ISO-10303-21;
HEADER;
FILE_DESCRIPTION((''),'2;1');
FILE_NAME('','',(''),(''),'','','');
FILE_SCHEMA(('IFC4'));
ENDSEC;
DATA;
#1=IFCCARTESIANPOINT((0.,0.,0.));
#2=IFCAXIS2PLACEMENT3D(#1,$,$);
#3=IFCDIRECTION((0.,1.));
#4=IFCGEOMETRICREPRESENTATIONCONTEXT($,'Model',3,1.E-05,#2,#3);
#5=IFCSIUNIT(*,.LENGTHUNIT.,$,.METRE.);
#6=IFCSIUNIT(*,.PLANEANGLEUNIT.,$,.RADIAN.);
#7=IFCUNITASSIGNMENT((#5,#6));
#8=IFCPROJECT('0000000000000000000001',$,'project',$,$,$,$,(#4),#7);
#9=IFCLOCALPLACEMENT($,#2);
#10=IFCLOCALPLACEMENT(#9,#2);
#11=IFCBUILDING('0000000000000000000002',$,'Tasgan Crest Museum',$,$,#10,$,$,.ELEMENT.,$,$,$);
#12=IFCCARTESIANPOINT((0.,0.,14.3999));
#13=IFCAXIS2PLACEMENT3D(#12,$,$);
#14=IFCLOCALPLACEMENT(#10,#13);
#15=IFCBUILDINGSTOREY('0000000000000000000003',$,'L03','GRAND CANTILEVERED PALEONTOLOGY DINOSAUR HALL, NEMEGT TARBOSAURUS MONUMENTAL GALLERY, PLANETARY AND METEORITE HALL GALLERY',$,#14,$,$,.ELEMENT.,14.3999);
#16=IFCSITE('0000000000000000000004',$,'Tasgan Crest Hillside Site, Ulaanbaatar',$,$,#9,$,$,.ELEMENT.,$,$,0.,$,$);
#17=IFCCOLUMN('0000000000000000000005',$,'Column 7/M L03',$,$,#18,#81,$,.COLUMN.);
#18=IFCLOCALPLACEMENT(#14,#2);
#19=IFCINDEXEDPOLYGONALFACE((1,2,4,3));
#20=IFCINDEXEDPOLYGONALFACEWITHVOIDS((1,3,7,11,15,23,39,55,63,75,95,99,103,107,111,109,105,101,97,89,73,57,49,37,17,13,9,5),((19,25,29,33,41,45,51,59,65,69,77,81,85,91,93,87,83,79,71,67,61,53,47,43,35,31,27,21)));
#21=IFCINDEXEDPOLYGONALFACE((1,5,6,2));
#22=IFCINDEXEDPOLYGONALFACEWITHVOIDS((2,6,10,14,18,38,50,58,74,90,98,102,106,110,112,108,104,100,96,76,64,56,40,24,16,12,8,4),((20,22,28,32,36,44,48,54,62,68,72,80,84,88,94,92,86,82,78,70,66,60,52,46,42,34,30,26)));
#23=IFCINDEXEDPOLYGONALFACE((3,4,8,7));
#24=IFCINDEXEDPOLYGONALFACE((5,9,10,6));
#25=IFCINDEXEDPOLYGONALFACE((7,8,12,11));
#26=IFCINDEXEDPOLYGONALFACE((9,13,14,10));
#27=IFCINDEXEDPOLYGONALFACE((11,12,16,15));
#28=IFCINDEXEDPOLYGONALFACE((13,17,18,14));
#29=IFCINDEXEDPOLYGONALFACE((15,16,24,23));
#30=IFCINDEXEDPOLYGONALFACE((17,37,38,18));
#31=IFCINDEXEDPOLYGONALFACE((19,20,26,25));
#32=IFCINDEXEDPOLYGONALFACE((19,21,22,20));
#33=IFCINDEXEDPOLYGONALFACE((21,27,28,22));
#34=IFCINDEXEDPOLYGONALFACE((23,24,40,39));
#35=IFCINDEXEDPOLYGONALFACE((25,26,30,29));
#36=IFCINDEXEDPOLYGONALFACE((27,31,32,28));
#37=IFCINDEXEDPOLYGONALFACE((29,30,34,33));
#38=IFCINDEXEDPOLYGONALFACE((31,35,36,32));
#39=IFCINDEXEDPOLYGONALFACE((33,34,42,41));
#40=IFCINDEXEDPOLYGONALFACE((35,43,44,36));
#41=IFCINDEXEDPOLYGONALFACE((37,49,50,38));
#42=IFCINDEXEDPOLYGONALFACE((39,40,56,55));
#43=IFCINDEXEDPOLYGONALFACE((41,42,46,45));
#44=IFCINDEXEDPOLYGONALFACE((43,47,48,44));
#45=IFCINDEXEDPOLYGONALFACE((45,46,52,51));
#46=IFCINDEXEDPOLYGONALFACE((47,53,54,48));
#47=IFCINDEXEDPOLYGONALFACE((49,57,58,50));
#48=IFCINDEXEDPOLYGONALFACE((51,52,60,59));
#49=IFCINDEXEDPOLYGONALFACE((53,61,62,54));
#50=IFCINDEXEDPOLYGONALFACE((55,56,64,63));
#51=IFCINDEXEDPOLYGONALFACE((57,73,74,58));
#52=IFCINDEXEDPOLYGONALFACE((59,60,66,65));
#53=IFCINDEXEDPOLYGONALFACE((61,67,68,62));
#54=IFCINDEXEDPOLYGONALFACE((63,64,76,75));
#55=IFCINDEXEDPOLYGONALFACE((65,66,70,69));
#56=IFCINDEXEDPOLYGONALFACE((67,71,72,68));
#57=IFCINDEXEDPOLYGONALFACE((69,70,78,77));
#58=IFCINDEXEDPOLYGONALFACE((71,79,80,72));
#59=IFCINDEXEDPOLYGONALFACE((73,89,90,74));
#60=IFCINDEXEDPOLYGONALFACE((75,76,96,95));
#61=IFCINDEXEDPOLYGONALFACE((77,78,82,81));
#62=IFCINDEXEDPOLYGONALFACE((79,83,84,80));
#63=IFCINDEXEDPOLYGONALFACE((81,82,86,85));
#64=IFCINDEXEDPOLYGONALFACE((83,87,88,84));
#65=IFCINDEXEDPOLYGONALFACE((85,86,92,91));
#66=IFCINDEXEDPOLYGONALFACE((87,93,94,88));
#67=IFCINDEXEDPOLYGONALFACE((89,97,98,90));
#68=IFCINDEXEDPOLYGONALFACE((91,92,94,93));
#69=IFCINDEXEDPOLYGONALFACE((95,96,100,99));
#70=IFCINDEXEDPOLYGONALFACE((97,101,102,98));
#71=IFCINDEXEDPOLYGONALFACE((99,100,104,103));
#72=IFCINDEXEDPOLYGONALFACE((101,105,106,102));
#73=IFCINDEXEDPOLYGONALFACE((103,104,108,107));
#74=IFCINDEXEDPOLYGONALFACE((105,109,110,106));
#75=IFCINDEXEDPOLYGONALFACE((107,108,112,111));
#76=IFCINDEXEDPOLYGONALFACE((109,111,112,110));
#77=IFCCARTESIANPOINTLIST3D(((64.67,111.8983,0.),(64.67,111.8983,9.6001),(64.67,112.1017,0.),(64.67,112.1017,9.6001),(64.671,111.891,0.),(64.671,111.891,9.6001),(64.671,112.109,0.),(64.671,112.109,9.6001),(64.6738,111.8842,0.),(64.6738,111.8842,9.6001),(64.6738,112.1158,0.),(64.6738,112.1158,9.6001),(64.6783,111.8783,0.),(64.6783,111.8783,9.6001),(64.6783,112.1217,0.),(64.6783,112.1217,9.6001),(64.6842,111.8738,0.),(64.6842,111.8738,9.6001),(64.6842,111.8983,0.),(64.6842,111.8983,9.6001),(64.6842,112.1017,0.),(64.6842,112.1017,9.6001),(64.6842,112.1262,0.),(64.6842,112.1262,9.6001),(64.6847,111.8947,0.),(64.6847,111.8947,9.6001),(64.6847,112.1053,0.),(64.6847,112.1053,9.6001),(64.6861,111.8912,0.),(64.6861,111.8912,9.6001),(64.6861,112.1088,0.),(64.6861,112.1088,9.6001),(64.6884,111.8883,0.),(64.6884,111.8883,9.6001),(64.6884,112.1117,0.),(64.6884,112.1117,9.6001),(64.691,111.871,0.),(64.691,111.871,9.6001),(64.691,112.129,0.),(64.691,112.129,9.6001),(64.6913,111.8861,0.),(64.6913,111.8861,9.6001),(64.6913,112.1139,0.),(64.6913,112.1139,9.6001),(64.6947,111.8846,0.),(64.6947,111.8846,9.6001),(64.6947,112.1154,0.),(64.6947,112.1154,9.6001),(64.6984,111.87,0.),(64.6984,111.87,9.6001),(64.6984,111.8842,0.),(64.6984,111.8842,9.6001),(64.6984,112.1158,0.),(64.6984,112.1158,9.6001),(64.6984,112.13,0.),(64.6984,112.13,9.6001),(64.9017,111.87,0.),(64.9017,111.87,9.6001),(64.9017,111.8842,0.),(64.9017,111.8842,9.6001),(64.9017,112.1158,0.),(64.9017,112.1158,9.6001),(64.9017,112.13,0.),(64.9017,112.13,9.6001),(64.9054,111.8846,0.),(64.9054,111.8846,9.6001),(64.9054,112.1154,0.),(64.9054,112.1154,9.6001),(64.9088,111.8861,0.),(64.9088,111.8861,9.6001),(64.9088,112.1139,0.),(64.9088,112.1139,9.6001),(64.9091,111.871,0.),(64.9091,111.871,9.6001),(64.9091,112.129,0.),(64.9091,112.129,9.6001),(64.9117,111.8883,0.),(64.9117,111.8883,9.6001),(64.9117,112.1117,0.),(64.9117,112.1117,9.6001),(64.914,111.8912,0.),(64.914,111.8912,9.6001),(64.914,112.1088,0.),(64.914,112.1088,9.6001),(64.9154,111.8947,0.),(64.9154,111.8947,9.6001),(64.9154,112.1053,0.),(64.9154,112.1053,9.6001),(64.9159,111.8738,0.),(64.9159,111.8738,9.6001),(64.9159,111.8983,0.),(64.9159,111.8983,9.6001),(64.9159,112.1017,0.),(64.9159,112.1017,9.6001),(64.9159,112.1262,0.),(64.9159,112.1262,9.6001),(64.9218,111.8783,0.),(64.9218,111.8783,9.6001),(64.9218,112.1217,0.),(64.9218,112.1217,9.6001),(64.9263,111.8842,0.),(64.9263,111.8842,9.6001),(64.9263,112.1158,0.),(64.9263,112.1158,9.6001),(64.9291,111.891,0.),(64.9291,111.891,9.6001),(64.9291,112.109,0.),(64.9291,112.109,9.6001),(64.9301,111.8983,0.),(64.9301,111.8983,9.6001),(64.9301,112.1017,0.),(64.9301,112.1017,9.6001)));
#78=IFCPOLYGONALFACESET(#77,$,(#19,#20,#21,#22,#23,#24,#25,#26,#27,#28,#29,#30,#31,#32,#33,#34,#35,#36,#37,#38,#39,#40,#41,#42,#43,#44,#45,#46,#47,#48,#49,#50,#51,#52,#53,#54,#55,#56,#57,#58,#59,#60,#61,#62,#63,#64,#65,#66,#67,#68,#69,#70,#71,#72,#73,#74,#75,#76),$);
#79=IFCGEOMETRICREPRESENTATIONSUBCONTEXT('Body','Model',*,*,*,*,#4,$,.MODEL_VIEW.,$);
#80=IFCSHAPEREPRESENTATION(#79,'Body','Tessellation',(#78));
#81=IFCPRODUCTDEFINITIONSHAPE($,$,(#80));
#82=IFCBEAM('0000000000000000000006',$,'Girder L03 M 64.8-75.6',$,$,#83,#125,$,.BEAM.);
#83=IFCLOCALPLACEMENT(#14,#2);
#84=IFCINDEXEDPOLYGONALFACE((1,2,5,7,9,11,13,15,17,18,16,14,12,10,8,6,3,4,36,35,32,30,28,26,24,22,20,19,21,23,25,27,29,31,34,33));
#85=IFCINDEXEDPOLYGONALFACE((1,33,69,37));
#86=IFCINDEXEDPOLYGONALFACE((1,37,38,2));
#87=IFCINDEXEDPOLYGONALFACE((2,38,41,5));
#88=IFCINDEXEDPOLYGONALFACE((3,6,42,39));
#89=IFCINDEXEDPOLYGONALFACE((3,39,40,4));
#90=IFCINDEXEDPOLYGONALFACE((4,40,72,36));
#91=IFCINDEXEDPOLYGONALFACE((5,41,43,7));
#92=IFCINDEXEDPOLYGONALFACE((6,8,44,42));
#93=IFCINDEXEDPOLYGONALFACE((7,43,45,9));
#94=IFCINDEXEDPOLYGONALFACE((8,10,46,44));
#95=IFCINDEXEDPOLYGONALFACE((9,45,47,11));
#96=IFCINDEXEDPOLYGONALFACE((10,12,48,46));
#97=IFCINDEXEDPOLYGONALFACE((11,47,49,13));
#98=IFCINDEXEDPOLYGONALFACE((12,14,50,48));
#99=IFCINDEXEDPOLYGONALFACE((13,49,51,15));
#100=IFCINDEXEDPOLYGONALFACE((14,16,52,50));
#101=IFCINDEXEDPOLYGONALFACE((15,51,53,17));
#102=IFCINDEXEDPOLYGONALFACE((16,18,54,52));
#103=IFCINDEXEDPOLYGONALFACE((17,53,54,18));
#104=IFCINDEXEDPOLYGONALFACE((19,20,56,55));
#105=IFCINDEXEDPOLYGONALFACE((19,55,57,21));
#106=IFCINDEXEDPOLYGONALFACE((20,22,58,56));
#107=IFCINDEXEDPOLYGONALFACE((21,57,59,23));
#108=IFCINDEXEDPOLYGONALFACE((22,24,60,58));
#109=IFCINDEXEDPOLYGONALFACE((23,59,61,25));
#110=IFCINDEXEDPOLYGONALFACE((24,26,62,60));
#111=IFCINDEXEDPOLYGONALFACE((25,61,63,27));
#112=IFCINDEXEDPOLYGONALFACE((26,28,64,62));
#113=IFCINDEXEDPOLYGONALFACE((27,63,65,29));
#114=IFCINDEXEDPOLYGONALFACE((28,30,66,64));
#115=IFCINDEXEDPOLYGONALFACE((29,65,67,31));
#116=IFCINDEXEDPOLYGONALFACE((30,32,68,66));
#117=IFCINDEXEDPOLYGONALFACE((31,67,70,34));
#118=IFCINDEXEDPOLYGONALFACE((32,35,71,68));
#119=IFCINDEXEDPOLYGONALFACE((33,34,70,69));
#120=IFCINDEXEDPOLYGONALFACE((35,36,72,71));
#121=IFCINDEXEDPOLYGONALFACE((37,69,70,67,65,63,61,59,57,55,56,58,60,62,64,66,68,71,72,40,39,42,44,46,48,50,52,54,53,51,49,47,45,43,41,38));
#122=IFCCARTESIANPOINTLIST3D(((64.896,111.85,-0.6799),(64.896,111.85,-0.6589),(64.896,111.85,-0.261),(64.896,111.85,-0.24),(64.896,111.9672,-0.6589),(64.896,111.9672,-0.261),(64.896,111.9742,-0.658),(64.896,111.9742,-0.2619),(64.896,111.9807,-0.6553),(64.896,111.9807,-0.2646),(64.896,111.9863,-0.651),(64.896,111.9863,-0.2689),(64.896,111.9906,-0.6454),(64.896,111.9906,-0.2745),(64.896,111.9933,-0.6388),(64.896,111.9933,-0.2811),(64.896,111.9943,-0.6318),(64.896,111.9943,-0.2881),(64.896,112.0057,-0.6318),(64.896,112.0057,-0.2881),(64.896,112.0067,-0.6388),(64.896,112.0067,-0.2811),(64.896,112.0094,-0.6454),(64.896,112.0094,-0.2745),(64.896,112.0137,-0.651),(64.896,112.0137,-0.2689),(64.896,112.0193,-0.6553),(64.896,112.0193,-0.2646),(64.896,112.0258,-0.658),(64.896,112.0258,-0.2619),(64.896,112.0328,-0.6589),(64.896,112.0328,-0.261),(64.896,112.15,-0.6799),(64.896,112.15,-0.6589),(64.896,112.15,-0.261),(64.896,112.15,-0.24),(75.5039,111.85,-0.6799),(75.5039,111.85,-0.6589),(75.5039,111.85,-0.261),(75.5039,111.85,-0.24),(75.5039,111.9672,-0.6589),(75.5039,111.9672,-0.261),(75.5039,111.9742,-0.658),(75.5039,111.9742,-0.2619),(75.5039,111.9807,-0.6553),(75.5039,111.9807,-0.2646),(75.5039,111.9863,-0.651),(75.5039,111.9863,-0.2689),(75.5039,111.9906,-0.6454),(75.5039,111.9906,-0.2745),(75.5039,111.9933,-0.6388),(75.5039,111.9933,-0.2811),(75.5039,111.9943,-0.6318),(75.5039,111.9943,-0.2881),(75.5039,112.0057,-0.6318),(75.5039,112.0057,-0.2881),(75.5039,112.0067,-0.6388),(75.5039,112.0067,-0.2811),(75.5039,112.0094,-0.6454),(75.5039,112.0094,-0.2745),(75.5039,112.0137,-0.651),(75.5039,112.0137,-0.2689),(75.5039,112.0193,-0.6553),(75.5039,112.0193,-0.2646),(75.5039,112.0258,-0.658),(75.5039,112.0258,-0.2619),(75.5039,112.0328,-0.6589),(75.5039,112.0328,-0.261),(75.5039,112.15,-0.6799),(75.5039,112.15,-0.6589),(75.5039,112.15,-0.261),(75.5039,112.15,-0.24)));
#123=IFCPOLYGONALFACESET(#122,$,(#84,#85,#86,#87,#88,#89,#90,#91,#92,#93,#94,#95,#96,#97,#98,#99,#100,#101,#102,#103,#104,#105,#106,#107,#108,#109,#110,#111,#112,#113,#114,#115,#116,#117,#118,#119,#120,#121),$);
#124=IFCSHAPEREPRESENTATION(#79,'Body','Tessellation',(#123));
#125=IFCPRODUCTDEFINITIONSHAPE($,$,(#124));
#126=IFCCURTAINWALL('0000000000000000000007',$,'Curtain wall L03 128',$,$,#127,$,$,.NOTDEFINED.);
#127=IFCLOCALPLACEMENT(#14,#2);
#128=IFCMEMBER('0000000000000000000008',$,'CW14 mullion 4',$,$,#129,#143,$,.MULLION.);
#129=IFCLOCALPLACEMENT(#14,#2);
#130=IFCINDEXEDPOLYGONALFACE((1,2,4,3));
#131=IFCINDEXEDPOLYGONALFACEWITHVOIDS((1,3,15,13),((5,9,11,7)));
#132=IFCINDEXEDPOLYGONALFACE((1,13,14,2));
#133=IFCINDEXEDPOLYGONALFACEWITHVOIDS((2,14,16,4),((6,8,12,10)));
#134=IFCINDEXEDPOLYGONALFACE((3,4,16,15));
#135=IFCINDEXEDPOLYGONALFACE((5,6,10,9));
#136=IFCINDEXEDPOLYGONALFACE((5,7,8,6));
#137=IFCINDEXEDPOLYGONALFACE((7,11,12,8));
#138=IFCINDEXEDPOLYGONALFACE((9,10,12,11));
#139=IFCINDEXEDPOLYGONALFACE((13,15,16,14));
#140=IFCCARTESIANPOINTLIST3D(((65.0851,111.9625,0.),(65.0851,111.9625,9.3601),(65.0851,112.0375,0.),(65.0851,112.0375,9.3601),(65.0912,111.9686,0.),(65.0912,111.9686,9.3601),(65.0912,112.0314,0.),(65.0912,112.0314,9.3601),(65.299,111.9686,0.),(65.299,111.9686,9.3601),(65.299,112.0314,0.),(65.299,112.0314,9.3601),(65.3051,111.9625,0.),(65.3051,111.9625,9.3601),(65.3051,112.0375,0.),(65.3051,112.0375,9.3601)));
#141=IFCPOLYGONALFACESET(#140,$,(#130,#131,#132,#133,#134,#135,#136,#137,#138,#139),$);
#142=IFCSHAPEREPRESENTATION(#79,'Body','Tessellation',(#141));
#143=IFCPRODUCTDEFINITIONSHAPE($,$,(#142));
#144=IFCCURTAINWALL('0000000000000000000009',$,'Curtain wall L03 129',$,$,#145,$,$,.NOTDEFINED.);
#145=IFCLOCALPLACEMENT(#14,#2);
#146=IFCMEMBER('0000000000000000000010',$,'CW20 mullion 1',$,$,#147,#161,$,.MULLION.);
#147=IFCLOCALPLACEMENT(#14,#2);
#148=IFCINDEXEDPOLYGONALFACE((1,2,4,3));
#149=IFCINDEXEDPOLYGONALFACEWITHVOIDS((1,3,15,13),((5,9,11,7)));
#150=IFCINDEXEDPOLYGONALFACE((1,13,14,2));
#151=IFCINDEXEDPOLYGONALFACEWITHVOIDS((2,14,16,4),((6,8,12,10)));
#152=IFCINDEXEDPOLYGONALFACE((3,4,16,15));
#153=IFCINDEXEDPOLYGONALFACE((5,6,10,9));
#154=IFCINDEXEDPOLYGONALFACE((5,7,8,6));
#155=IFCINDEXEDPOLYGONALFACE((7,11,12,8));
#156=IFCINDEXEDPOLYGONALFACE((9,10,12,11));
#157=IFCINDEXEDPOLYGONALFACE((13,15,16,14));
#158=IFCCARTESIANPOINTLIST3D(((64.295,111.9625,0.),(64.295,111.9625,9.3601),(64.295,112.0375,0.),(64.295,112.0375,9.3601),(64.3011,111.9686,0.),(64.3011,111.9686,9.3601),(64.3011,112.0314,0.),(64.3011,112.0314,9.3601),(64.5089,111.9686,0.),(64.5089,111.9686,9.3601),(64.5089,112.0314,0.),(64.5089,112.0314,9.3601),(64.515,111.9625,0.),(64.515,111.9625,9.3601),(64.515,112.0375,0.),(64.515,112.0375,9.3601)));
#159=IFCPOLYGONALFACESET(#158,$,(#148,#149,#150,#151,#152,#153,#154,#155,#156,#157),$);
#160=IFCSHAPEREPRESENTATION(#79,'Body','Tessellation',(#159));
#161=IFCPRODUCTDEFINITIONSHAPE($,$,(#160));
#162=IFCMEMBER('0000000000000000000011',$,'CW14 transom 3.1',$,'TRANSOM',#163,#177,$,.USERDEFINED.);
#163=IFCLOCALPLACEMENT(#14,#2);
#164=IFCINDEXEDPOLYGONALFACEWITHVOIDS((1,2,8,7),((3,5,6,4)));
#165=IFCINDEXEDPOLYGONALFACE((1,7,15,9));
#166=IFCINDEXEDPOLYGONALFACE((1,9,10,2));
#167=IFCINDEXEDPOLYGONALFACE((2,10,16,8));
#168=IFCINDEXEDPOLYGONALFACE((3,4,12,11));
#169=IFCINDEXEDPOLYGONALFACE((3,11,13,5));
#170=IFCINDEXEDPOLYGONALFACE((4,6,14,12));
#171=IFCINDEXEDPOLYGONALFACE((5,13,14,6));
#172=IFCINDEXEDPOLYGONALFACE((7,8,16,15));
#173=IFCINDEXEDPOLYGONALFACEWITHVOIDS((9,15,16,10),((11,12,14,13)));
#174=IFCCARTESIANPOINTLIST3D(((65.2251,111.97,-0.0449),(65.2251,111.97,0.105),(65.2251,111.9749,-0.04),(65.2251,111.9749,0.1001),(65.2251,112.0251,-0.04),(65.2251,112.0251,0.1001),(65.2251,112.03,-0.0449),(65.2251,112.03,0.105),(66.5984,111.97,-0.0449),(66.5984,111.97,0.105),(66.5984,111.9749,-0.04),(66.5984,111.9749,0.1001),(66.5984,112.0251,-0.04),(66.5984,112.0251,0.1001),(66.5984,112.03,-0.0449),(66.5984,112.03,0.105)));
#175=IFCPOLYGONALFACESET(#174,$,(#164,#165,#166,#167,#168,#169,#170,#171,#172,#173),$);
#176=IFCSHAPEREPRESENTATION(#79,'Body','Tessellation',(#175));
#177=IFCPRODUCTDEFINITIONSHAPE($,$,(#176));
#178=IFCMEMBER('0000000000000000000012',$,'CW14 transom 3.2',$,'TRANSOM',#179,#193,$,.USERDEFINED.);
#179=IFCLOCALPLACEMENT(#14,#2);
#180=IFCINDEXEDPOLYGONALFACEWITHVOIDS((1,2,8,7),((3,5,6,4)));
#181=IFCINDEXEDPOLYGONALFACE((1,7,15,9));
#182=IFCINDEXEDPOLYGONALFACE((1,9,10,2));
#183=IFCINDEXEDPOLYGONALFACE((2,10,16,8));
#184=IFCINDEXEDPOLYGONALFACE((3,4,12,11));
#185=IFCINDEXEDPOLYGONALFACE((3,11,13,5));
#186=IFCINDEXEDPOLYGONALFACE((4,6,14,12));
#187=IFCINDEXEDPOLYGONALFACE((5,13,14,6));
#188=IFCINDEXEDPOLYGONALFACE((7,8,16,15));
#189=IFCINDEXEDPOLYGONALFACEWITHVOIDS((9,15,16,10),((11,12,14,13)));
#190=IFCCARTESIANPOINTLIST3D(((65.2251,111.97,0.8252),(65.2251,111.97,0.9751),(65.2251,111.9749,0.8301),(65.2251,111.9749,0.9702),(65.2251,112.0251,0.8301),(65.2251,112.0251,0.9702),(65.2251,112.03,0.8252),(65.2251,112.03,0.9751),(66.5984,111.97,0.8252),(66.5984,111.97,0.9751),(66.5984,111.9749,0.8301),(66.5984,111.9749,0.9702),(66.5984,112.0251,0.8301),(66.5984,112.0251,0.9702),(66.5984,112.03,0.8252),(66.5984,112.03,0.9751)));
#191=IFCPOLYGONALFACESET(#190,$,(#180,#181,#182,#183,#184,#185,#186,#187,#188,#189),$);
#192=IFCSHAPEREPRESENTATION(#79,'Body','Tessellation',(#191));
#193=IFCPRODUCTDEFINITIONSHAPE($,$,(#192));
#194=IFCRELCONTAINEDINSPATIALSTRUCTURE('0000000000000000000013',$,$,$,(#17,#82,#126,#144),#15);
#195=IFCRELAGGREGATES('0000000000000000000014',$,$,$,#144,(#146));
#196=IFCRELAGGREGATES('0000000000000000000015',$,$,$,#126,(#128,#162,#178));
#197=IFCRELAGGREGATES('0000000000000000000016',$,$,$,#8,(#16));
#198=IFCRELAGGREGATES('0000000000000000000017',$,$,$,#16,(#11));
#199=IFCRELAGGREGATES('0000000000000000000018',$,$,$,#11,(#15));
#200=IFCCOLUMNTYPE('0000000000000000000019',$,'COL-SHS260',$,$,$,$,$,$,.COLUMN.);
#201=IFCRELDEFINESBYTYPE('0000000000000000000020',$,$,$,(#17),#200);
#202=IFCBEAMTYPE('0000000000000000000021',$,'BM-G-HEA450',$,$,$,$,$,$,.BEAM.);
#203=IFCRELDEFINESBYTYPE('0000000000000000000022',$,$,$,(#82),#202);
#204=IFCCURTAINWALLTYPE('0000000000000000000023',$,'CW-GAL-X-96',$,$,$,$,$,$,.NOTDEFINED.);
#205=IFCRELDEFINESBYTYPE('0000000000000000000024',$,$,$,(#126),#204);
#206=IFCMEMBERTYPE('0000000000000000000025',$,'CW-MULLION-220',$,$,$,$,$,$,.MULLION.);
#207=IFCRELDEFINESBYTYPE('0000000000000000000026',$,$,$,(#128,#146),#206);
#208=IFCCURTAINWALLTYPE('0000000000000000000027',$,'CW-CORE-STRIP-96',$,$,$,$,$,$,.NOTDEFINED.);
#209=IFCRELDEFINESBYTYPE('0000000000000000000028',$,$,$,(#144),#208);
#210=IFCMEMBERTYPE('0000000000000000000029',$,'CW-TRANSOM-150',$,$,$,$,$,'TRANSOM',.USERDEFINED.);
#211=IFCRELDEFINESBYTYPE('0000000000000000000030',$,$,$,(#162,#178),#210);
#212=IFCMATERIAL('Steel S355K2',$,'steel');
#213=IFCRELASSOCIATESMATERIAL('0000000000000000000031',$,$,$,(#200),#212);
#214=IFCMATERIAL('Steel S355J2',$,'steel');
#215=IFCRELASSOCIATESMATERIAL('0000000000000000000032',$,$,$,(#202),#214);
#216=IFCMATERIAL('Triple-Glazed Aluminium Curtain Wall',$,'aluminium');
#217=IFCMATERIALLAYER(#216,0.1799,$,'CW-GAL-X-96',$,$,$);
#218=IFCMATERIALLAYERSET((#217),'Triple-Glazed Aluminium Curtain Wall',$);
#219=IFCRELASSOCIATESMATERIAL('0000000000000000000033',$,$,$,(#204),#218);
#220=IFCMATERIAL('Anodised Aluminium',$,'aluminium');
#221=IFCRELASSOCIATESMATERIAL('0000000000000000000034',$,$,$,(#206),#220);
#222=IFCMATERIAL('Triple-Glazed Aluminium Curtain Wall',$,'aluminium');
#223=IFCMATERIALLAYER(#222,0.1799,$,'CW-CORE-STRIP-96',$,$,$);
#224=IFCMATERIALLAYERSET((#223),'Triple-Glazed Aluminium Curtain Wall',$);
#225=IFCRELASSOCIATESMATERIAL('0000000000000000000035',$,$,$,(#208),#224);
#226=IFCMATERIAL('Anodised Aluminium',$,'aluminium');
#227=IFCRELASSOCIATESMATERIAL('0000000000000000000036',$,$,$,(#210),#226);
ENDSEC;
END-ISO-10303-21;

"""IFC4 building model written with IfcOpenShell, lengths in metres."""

from ifc_helpers import new_model, si_unit, direction, frame, origin, origin_2d, place, context, subcontext, project, spatial, hollow_rectangle, i_section, extrude, material, layer, layer_set, material_profile, profile_set, type_object, element, aggregate, save


model = new_model("IFC4")

# Units and contexts
model_context = context("Model", 3, precision=1e-05, world=origin(), true_north=direction((0.0, 1.0)))
body_context = subcontext(model_context, "Body", "Model", "MODEL_VIEW")
ifc_project = project(units=[si_unit("LENGTHUNIT", "METRE"), si_unit("PLANEANGLEUNIT", "RADIAN")], contexts=[model_context])

# Site, building, storey
site_placement = place(None, origin())
site = spatial("IfcSite", under=ifc_project, at=site_placement, Name="Tasgan Crest Hillside Site, Ulaanbaatar", CompositionType="ELEMENT", RefElevation=0.0)
building_placement = place(site_placement, origin())
building = spatial("IfcBuilding", under=site, at=building_placement, Name="Tasgan Crest Museum", CompositionType="ELEMENT")
storey_placement = place(building_placement, frame((0.0, 0.0, 14.3999)))
storey = spatial("IfcBuildingStorey", under=building, at=storey_placement, Name="L03", Description="GRAND CANTILEVERED PALEONTOLOGY DINOSAUR HALL, NEMEGT TARBOSAURUS MONUMENTAL GALLERY, PLANETARY AND METEORITE HALL GALLERY", CompositionType="ELEMENT", Elevation=14.3999)

# Column
ifc_material_1 = material(Name="Steel S355K2", Category="steel")
ifc_material_profile_1 = material_profile(ifc_material_1, hollow_rectangle(XDim=0.26, YDim=0.26, WallThickness=0.0142, InnerFilletRadius=0.0142, OuterFilletRadius=0.0283, at=origin_2d()), Name="SHS 260x260x14.2")
ifc_profile_set_1 = profile_set([ifc_material_profile_1], Name="Steel S355K2")
column_type = type_object("IfcColumnType", Name="COL-SHS260", PredefinedType="COLUMN", material=ifc_profile_set_1)
column_placement = place(storey_placement, frame((64.8, 112.0, 0.0), z_axis=(0.0, 0.0, 1.0), x_axis=(1.0, 0.0, 0.0)))
element("IfcColumn", 1, at=column_placement, inside=storey, type_object=column_type, Name="Column 7/M L03", PredefinedType="COLUMN", context=body_context, shape_type="SweptSolid", body=[
    extrude(hollow_rectangle(XDim=0.26, YDim=0.26, WallThickness=0.0142, InnerFilletRadius=0.0142, OuterFilletRadius=0.0283, at=origin_2d()), origin(), (0.0, 0.0, 1.0), 9.6001),
])

# Beam
ifc_material_2 = material(Name="Steel S355J2", Category="steel")
ifc_material_profile_2 = material_profile(ifc_material_2, i_section(OverallWidth=0.3, OverallDepth=0.4399, WebThickness=0.0115, FlangeThickness=0.021, FilletRadius=0.0271, at=origin_2d()), Name="HEA 450")
ifc_profile_set_2 = profile_set([ifc_material_profile_2], Name="Steel S355J2")
beam_type = type_object("IfcBeamType", Name="BM-G-HEA450", PredefinedType="BEAM", material=ifc_profile_set_2)
beam_placement = place(storey_placement, frame((64.896, 112.0, -0.46), z_axis=(1.0, 0.0, 0.0), x_axis=(0.0, 1.0, 0.0)))
element("IfcBeam", 2, at=beam_placement, inside=storey, type_object=beam_type, Name="Girder L03 M 64.8-75.6", PredefinedType="BEAM", context=body_context, shape_type="SweptSolid", body=[
    extrude(i_section(OverallWidth=0.3, OverallDepth=0.4399, WebThickness=0.0115, FlangeThickness=0.021, FilletRadius=0.0271, at=origin_2d()), origin(), (0.0, 0.0, 1.0), 10.6079),
])

# Curtain walls, members
ifc_material_3 = material(Name="Triple-Glazed Aluminium Curtain Wall", Category="aluminium")
ifc_layer_1 = layer(ifc_material_3, 0.1799, Name="CW-GAL-X-96")
ifc_layer_set_1 = layer_set([ifc_layer_1], Name="Triple-Glazed Aluminium Curtain Wall")
curtain_wall_type_1 = type_object("IfcCurtainWallType", Name="CW-GAL-X-96", PredefinedType="NOTDEFINED", material=ifc_layer_set_1)
curtain_wall_1_placement = place(storey_placement, origin())
curtain_wall_1 = element("IfcCurtainWall", 3, at=curtain_wall_1_placement, inside=storey, type_object=curtain_wall_type_1, Name="Curtain wall L03 128", PredefinedType="NOTDEFINED")
ifc_material_4 = material(Name="Anodised Aluminium", Category="aluminium")
ifc_material_profile_3 = material_profile(ifc_material_4, hollow_rectangle(XDim=0.075, YDim=0.22, WallThickness=0.0061, at=origin_2d()), Name="ALU MULLION 220x75x6")
ifc_profile_set_3 = profile_set([ifc_material_profile_3], Name="Anodised Aluminium")
member_type_1 = type_object("IfcMemberType", Name="CW-MULLION-220", PredefinedType="MULLION", material=ifc_profile_set_3)
member_1_placement = place(storey_placement, frame((65.1951, 112.0, 0.0), z_axis=(0.0, 0.0, 1.0), x_axis=(0.0, -1.0, 0.0)))
member_1 = element("IfcMember", 4, at=member_1_placement, type_object=member_type_1, Name="CW14 mullion 4", PredefinedType="MULLION", context=body_context, shape_type="SweptSolid", body=[
    extrude(hollow_rectangle(XDim=0.075, YDim=0.22, WallThickness=0.0061, at=origin_2d()), origin(), (0.0, 0.0, 1.0), 9.3601),
])
ifc_material_5 = material(Name="Triple-Glazed Aluminium Curtain Wall", Category="aluminium")
ifc_layer_2 = layer(ifc_material_5, 0.1799, Name="CW-CORE-STRIP-96")
ifc_layer_set_2 = layer_set([ifc_layer_2], Name="Triple-Glazed Aluminium Curtain Wall")
curtain_wall_type_2 = type_object("IfcCurtainWallType", Name="CW-CORE-STRIP-96", PredefinedType="NOTDEFINED", material=ifc_layer_set_2)
curtain_wall_2_placement = place(storey_placement, origin())
curtain_wall_2 = element("IfcCurtainWall", 5, at=curtain_wall_2_placement, inside=storey, type_object=curtain_wall_type_2, Name="Curtain wall L03 129", PredefinedType="NOTDEFINED")
member_2_placement = place(storey_placement, frame((64.405, 112.0, 0.0), z_axis=(0.0, 0.0, 1.0), x_axis=(0.0, -1.0, 0.0)))
member_2 = element("IfcMember", 6, at=member_2_placement, type_object=member_type_1, Name="CW20 mullion 1", PredefinedType="MULLION", context=body_context, shape_type="SweptSolid", body=[
    extrude(hollow_rectangle(XDim=0.075, YDim=0.22, WallThickness=0.0061, at=origin_2d()), origin(), (0.0, 0.0, 1.0), 9.3601),
])

# Members
ifc_material_6 = material(Name="Anodised Aluminium", Category="aluminium")
ifc_material_profile_4 = material_profile(ifc_material_6, hollow_rectangle(XDim=0.0601, YDim=0.1499, WallThickness=0.0049, at=origin_2d()), Name="ALU TRANSOM 150x60x5")
ifc_profile_set_4 = profile_set([ifc_material_profile_4], Name="Anodised Aluminium")
member_type_2 = type_object("IfcMemberType", Name="CW-TRANSOM-150", ElementType="TRANSOM", PredefinedType="USERDEFINED", material=ifc_profile_set_4)
member_3_placement = place(storey_placement, frame((66.5984, 112.0, 0.03), z_axis=(-1.0, 0.0, 0.0), x_axis=(0.0, -1.0, 0.0)))
member_3 = element("IfcMember", 7, at=member_3_placement, type_object=member_type_2, Name="CW14 transom 3.1", ObjectType="TRANSOM", PredefinedType="USERDEFINED", context=body_context, shape_type="SweptSolid", body=[
    extrude(hollow_rectangle(XDim=0.0601, YDim=0.1499, WallThickness=0.0049, at=origin_2d()), origin(), (0.0, 0.0, 1.0), 1.3733),
])
member_4_placement = place(storey_placement, frame((66.5984, 112.0, 0.9001), z_axis=(-1.0, 0.0, 0.0), x_axis=(0.0, -1.0, 0.0)))
member_4 = element("IfcMember", 8, at=member_4_placement, type_object=member_type_2, Name="CW14 transom 3.2", ObjectType="TRANSOM", PredefinedType="USERDEFINED", context=body_context, shape_type="SweptSolid", body=[
    extrude(hollow_rectangle(XDim=0.0601, YDim=0.1499, WallThickness=0.0049, at=origin_2d()), origin(), (0.0, 0.0, 1.0), 1.3733),
])
aggregate(curtain_wall_2, [member_2])

aggregate(curtain_wall_1, [member_1, member_3, member_4])

save(model, "model.ifc")
